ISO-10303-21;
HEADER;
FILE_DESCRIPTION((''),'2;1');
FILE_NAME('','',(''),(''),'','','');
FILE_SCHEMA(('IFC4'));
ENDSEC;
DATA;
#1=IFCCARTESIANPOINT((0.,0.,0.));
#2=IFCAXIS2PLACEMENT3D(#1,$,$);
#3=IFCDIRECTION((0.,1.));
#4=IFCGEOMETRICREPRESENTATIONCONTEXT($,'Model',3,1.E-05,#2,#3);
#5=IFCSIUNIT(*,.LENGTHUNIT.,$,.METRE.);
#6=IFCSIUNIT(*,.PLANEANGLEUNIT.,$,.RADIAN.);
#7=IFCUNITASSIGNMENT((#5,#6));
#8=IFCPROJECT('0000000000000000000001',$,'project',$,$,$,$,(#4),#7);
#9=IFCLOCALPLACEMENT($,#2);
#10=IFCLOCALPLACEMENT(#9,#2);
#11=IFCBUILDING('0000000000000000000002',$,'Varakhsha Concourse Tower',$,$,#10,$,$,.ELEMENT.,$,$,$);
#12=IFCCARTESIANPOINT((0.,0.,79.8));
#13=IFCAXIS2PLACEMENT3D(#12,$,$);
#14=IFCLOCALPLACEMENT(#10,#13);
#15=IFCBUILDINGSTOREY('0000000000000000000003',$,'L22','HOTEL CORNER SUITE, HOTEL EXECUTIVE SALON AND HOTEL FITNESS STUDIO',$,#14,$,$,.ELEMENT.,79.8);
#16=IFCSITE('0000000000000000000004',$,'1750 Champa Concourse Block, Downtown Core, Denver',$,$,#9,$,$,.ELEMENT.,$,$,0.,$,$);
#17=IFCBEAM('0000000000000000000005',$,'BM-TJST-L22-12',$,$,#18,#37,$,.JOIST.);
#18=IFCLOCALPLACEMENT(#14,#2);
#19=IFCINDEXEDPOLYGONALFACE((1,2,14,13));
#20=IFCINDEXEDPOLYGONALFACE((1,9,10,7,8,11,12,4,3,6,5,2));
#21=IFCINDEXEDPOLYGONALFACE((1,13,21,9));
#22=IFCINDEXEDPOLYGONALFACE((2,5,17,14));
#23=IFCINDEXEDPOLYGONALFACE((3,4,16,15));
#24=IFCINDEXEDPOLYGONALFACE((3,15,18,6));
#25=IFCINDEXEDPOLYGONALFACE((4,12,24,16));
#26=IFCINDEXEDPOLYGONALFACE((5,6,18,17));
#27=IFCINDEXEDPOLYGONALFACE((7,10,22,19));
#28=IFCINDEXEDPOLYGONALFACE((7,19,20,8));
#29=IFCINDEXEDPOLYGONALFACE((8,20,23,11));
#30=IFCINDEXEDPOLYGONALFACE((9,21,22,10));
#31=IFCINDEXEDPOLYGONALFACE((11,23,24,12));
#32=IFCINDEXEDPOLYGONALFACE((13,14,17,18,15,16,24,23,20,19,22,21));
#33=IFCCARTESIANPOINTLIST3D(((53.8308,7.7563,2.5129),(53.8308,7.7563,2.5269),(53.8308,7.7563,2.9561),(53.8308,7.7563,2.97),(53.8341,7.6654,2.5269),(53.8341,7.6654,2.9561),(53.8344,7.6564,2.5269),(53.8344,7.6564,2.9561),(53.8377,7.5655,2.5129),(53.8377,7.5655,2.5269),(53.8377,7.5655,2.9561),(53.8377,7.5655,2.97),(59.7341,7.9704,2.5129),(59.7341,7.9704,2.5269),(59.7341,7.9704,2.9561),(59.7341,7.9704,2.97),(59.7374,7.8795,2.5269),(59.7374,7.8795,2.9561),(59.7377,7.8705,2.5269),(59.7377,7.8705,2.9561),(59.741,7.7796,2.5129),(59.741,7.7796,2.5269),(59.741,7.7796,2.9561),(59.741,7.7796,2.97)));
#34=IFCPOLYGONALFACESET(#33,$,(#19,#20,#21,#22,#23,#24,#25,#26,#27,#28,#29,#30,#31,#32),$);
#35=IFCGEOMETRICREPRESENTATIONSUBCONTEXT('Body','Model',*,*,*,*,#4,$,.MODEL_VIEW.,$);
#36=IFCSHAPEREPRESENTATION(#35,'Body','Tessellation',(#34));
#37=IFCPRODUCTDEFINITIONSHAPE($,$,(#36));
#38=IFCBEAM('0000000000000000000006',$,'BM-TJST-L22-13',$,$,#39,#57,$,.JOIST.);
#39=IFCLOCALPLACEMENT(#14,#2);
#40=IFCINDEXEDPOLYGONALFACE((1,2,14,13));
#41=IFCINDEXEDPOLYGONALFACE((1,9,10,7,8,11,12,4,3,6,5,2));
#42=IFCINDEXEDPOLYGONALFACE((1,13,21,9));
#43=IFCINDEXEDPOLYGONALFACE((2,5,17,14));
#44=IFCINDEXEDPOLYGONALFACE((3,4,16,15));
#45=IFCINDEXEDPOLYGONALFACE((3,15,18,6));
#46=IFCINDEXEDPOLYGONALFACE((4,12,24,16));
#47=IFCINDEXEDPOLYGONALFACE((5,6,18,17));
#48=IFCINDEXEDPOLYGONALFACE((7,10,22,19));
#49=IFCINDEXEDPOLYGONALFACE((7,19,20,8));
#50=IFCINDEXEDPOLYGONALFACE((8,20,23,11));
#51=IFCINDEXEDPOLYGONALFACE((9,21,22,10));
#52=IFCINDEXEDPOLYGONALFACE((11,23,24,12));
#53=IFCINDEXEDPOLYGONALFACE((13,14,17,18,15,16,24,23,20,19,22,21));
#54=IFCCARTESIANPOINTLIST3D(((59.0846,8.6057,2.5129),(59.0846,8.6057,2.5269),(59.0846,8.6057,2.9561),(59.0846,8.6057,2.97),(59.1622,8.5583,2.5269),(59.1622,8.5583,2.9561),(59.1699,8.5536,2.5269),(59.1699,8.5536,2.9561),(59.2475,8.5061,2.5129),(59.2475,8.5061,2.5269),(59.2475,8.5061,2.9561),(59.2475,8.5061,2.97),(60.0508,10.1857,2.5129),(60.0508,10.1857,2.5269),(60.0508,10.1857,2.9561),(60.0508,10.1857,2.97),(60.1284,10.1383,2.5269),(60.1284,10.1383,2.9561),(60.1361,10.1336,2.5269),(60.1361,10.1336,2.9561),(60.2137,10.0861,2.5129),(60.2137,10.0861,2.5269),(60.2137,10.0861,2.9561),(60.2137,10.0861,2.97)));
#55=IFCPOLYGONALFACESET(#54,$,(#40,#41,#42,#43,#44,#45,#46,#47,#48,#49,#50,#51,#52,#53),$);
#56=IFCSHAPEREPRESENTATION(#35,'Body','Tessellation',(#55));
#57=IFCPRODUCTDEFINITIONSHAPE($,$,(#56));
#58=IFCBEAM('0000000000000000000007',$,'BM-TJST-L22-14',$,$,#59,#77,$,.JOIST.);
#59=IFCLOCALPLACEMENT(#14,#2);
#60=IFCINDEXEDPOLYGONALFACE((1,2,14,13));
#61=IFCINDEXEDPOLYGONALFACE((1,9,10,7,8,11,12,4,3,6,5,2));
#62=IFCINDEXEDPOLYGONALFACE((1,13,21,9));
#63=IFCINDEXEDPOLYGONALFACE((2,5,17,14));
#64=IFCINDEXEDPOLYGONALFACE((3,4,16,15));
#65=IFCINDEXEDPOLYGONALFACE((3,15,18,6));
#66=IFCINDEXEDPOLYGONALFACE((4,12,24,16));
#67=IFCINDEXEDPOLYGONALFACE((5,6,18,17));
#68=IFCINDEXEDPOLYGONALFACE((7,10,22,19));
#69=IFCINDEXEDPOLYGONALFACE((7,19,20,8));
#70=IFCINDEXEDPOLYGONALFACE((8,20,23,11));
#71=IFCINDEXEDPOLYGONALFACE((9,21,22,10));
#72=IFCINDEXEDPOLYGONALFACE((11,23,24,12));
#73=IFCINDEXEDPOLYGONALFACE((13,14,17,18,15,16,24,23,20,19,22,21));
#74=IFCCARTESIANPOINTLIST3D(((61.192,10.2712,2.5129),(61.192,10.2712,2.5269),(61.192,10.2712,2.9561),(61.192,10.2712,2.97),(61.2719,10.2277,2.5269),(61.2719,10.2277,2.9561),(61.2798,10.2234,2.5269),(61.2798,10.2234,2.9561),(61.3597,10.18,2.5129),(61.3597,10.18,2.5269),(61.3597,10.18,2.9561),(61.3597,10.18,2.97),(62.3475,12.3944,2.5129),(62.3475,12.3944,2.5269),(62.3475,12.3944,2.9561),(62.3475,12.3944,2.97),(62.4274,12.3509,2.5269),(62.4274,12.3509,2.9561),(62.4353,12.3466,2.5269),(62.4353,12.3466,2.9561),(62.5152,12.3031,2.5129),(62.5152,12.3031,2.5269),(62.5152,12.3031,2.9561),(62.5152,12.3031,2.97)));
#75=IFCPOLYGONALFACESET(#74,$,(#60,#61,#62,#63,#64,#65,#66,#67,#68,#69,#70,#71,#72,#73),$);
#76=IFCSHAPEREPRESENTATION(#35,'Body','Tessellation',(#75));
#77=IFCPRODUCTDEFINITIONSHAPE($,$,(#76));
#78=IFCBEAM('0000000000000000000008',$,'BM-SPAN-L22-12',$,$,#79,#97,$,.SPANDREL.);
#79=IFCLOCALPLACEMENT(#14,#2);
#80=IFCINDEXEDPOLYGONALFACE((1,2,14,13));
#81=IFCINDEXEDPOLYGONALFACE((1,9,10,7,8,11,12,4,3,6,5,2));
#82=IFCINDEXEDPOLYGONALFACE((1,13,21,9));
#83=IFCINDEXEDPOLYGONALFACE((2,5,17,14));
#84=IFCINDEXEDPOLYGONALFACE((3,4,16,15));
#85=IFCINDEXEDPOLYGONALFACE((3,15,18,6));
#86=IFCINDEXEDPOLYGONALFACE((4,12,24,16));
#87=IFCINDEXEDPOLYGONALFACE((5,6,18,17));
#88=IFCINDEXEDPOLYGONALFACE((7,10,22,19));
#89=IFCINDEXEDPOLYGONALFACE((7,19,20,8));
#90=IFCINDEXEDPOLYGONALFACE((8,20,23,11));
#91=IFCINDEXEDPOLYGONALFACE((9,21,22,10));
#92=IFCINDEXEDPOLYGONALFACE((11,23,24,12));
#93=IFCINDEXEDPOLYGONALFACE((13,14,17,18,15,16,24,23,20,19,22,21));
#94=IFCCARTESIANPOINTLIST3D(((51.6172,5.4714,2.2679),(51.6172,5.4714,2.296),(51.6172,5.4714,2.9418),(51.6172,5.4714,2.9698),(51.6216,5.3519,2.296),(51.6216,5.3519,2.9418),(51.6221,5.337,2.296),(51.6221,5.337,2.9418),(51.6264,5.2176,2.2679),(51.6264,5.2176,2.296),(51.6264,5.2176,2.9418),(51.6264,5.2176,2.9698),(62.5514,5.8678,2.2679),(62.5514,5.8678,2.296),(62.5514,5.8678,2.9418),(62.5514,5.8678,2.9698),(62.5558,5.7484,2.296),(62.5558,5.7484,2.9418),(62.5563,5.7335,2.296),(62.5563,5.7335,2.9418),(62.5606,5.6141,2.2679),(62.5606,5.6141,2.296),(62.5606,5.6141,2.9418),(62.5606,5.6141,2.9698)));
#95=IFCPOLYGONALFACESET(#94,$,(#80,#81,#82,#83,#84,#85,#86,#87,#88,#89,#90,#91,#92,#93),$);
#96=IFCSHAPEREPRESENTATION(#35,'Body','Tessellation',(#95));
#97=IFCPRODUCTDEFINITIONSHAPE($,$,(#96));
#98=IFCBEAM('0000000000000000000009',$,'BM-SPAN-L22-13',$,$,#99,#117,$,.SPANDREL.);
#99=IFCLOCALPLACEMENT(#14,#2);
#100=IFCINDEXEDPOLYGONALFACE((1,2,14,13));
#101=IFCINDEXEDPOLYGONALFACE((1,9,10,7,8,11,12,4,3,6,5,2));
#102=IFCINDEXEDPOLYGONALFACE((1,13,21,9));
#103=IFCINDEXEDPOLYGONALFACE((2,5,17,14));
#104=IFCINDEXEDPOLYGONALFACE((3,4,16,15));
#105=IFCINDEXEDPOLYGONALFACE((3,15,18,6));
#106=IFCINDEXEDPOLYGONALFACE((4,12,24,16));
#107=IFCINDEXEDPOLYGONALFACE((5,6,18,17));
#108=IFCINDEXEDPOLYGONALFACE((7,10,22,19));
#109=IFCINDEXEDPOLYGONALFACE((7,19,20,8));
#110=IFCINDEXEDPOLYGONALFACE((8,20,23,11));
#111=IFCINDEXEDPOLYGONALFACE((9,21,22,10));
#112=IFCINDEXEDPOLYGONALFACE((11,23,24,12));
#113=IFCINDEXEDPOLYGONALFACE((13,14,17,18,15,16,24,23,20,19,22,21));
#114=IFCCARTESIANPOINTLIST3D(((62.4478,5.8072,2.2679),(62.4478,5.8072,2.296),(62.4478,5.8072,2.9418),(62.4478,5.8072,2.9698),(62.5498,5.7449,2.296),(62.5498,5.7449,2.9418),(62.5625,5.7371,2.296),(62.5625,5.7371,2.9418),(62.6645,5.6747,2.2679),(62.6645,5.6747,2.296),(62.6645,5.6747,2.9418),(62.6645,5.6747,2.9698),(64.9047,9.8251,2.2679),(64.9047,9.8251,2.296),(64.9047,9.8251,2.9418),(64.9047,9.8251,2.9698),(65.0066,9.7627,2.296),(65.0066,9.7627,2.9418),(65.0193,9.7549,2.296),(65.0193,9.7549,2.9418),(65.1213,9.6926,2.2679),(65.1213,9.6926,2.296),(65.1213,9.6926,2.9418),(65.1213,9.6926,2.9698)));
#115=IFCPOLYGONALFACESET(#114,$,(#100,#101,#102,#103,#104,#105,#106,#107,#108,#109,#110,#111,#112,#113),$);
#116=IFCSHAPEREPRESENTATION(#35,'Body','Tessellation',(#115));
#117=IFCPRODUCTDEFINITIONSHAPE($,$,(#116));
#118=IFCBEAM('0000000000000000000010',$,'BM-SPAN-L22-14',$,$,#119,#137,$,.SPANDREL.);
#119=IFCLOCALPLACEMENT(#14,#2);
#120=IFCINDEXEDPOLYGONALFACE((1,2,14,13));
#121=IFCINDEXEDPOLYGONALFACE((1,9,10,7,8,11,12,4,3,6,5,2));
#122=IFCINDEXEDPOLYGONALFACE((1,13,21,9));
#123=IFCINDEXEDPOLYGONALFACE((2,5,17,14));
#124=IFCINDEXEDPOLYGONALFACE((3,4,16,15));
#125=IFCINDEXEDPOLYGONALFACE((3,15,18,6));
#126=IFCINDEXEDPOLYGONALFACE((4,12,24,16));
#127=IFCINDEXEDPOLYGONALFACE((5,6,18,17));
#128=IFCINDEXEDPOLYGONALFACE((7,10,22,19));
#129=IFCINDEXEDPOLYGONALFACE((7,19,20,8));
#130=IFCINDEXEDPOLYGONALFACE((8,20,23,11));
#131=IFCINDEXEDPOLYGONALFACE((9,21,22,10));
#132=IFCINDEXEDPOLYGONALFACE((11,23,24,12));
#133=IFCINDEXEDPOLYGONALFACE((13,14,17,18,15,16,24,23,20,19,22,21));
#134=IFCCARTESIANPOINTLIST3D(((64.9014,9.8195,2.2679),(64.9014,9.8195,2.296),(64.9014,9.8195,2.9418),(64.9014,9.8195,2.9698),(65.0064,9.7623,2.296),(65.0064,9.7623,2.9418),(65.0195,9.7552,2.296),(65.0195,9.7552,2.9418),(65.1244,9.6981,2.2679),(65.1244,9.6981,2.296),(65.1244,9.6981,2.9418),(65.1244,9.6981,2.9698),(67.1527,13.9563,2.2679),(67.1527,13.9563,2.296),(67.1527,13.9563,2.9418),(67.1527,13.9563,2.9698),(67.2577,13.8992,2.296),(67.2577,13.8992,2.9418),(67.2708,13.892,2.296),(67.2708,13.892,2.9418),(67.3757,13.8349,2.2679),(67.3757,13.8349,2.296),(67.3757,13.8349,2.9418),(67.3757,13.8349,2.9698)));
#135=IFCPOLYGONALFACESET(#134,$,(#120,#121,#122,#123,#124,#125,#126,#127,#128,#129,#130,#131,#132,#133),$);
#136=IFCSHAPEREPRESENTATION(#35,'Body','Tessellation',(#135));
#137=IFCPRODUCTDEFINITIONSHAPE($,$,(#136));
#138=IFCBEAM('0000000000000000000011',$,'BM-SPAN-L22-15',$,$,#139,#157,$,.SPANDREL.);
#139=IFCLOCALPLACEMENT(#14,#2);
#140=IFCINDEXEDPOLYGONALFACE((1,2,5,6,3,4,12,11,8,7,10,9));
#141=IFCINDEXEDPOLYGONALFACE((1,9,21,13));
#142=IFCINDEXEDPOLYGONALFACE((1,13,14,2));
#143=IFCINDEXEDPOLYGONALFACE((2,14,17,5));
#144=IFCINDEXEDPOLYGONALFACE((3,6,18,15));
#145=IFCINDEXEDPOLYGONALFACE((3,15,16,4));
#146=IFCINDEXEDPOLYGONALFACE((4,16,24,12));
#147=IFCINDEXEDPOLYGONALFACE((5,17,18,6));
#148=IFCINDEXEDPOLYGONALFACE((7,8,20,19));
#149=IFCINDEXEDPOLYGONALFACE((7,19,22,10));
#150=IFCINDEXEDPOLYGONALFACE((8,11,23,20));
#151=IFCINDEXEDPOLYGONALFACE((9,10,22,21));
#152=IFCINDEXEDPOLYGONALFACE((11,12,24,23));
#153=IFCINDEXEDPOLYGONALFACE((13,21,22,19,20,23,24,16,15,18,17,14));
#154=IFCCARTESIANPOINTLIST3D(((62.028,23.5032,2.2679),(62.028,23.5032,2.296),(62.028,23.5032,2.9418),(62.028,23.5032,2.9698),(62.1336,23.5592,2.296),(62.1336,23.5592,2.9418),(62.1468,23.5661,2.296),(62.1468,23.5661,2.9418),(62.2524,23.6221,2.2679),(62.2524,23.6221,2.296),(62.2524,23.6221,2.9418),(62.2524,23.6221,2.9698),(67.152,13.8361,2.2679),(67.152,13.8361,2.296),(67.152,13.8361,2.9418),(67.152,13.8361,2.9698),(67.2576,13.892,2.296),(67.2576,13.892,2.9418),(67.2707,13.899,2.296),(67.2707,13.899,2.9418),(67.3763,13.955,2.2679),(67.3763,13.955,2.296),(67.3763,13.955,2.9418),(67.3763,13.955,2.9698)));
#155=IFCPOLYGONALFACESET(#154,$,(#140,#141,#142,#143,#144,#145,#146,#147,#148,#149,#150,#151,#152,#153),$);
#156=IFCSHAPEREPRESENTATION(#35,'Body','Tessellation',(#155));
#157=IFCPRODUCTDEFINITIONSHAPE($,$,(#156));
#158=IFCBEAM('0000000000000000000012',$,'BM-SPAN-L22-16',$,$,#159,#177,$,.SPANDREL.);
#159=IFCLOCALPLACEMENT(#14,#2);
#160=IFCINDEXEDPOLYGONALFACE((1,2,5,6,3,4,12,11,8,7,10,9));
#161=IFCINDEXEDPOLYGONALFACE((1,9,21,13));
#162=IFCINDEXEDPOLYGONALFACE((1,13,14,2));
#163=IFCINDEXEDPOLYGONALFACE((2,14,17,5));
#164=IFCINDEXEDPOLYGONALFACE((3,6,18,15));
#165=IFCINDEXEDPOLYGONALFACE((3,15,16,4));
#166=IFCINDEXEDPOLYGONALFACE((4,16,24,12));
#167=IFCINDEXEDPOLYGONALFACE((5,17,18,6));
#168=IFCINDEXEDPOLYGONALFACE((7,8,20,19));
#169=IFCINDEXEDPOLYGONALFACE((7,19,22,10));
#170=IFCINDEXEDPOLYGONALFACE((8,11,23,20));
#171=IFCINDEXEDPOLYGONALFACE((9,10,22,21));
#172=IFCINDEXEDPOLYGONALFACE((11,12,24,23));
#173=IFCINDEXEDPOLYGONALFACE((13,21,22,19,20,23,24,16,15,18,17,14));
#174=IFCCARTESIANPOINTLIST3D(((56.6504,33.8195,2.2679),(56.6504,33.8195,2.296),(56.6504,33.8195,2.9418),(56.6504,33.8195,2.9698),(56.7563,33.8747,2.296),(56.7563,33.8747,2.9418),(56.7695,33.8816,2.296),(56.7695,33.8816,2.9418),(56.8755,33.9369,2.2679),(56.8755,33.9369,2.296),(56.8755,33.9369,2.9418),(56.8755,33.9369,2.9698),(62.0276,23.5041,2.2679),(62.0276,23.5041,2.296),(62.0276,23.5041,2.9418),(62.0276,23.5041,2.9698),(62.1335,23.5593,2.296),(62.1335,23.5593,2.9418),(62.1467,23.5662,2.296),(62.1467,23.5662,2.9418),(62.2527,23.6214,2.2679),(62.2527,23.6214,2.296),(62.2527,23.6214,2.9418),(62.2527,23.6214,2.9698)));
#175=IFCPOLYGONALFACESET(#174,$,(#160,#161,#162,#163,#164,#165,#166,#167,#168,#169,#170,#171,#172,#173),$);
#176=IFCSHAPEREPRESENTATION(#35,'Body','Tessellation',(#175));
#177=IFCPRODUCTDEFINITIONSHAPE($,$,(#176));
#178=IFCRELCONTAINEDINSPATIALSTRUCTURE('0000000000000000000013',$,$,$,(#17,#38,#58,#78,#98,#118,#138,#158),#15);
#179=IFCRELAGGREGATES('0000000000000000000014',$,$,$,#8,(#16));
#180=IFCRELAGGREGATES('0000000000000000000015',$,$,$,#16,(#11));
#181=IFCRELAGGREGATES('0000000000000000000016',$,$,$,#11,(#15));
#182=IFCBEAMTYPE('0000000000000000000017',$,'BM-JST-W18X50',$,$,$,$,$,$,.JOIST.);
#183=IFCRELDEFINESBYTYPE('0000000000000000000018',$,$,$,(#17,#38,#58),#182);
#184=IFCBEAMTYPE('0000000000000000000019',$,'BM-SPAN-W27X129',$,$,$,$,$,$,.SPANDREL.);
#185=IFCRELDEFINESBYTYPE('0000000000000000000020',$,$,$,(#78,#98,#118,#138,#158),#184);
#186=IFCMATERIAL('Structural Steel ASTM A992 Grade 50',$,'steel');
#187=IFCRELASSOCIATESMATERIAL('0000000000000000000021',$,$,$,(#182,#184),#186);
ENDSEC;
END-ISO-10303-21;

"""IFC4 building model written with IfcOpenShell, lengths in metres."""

from ifc_helpers import new_model, si_unit, direction, frame, origin, origin_2d, place, context, subcontext, project, spatial, i_section, extrude, material, material_profile, profile_set, type_object, element, save


model = new_model("IFC4")

# Units and contexts
model_context = context("Model", 3, precision=1e-05, world=origin(), true_north=direction((0.0, 1.0)))
body_context = subcontext(model_context, "Body", "Model", "MODEL_VIEW")
ifc_project = project(units=[si_unit("LENGTHUNIT", "METRE"), si_unit("PLANEANGLEUNIT", "RADIAN")], contexts=[model_context])

# Site, building, storey
site_placement = place(None, origin())
site = spatial("IfcSite", under=ifc_project, at=site_placement, Name="1750 Champa Concourse Block, Downtown Core, Denver", CompositionType="ELEMENT", RefElevation=0.0)
building_placement = place(site_placement, origin())
building = spatial("IfcBuilding", under=site, at=building_placement, Name="Varakhsha Concourse Tower", CompositionType="ELEMENT")
storey_placement = place(building_placement, frame((0.0, 0.0, 79.8)))
storey = spatial("IfcBuildingStorey", under=building, at=storey_placement, Name="L22", Description="HOTEL CORNER SUITE, HOTEL EXECUTIVE SALON AND HOTEL FITNESS STUDIO", CompositionType="ELEMENT", Elevation=79.8)

# Shared definitions
ifc_material_1 = material(Name="Structural Steel ASTM A992 Grade 50", Category="steel")

# Beams
ifc_material_profile_1 = material_profile(ifc_material_1, i_section(OverallWidth=0.1909, OverallDepth=0.457, WebThickness=0.009, FlangeThickness=0.0139, at=origin_2d()), Name="W18X50")
ifc_profile_set_1 = profile_set([ifc_material_profile_1], Name="Structural Steel ASTM A992 Grade 50")
beam_type_1 = type_object("IfcBeamType", Name="BM-JST-W18X50", PredefinedType="JOIST", material=ifc_profile_set_1)
beam_1_placement = place(storey_placement, frame((53.8342, 7.6609, 2.7415), z_axis=(0.999343, 0.036246, 0.0), x_axis=(-0.036246, 0.999343, 0.0)))
element("IfcBeam", 1, at=beam_1_placement, inside=storey, type_object=beam_type_1, Name="BM-TJST-L22-12", PredefinedType="JOIST", context=body_context, shape_type="SweptSolid", body=[
    extrude(i_section(OverallWidth=0.1909, OverallDepth=0.457, WebThickness=0.009, FlangeThickness=0.0139, at=origin_2d()), origin(), (0.0, 0.0, 1.0), 5.9072),
])
beam_2_placement = place(storey_placement, frame((59.166, 8.5559, 2.7415), z_axis=(0.521727, 0.853112, 0.0), x_axis=(-0.853112, 0.521727, 0.0)))
element("IfcBeam", 2, at=beam_2_placement, inside=storey, type_object=beam_type_1, Name="BM-TJST-L22-13", PredefinedType="JOIST", context=body_context, shape_type="SweptSolid", body=[
    extrude(i_section(OverallWidth=0.1909, OverallDepth=0.457, WebThickness=0.009, FlangeThickness=0.0139, at=origin_2d()), origin(), (0.0, 0.0, 1.0), 1.8521),
])
beam_3_placement = place(storey_placement, frame((61.2759, 10.2256, 2.7415), z_axis=(0.47801, 0.878354, 0.0), x_axis=(-0.878354, 0.47801, 0.0)))
element("IfcBeam", 3, at=beam_3_placement, inside=storey, type_object=beam_type_1, Name="BM-TJST-L22-14", PredefinedType="JOIST", context=body_context, shape_type="SweptSolid", body=[
    extrude(i_section(OverallWidth=0.1909, OverallDepth=0.457, WebThickness=0.009, FlangeThickness=0.0139, at=origin_2d()), origin(), (0.0, 0.0, 1.0), 2.4172),
])
ifc_material_profile_2 = material_profile(ifc_material_1, i_section(OverallWidth=0.2539, OverallDepth=0.7019, WebThickness=0.0149, FlangeThickness=0.0281, at=origin_2d()), Name="W27X129")
ifc_profile_set_2 = profile_set([ifc_material_profile_2], Name="Structural Steel ASTM A992 Grade 50")
beam_type_2 = type_object("IfcBeamType", Name="BM-SPAN-W27X129", PredefinedType="SPANDREL", material=ifc_profile_set_2)
beam_4_placement = place(storey_placement, frame((51.6218, 5.3445, 2.6189), z_axis=(0.999343, 0.036237, 0.0), x_axis=(-0.036237, 0.999343, 0.0)))
element("IfcBeam", 4, at=beam_4_placement, inside=storey, type_object=beam_type_2, Name="BM-SPAN-L22-12", PredefinedType="SPANDREL", context=body_context, shape_type="SweptSolid", body=[
    extrude(i_section(OverallWidth=0.2539, OverallDepth=0.7019, WebThickness=0.0149, FlangeThickness=0.0281, at=origin_2d()), origin(), (0.0, 0.0, 1.0), 10.9414),
])
beam_5_placement = place(storey_placement, frame((62.5562, 5.741, 2.6189), z_axis=(0.521674, 0.853145, 0.0), x_axis=(-0.853145, 0.521674, 0.0)))
element("IfcBeam", 5, at=beam_5_placement, inside=storey, type_object=beam_type_2, Name="BM-SPAN-L22-13", PredefinedType="SPANDREL", context=body_context, shape_type="SweptSolid", body=[
    extrude(i_section(OverallWidth=0.2539, OverallDepth=0.7019, WebThickness=0.0149, FlangeThickness=0.0281, at=origin_2d()), origin(), (0.0, 0.0, 1.0), 4.7095),
])
beam_6_placement = place(storey_placement, frame((65.0129, 9.7588, 2.6189), z_axis=(0.478006, 0.878357, 0.0), x_axis=(-0.878357, 0.478006, 0.0)))
element("IfcBeam", 6, at=beam_6_placement, inside=storey, type_object=beam_type_2, Name="BM-SPAN-L22-14", PredefinedType="SPANDREL", context=body_context, shape_type="SweptSolid", body=[
    extrude(i_section(OverallWidth=0.2539, OverallDepth=0.7019, WebThickness=0.0149, FlangeThickness=0.0281, at=origin_2d()), origin(), (0.0, 0.0, 1.0), 4.7097),
])
beam_7_placement = place(storey_placement, frame((67.2642, 13.8955, 2.6189), z_axis=(-0.468321, 0.883558, 0.0), x_axis=(-0.883558, -0.468321, 0.0)))
element("IfcBeam", 7, at=beam_7_placement, inside=storey, type_object=beam_type_2, Name="BM-SPAN-L22-15", PredefinedType="SPANDREL", context=body_context, shape_type="SweptSolid", body=[
    extrude(i_section(OverallWidth=0.2539, OverallDepth=0.7019, WebThickness=0.0149, FlangeThickness=0.0281, at=origin_2d()), origin(), (0.0, 0.0, 1.0), 10.9412),
])
beam_8_placement = place(storey_placement, frame((62.1401, 23.5627, 2.6189), z_axis=(-0.462244, 0.886753, 0.0), x_axis=(-0.886753, -0.462244, 0.0)))
element("IfcBeam", 8, at=beam_8_placement, inside=storey, type_object=beam_type_2, Name="BM-SPAN-L22-16", PredefinedType="SPANDREL", context=body_context, shape_type="SweptSolid", body=[
    extrude(i_section(OverallWidth=0.2539, OverallDepth=0.7019, WebThickness=0.0149, FlangeThickness=0.0281, at=origin_2d()), origin(), (0.0, 0.0, 1.0), 11.6328),
])

save(model, "model.ifc")
